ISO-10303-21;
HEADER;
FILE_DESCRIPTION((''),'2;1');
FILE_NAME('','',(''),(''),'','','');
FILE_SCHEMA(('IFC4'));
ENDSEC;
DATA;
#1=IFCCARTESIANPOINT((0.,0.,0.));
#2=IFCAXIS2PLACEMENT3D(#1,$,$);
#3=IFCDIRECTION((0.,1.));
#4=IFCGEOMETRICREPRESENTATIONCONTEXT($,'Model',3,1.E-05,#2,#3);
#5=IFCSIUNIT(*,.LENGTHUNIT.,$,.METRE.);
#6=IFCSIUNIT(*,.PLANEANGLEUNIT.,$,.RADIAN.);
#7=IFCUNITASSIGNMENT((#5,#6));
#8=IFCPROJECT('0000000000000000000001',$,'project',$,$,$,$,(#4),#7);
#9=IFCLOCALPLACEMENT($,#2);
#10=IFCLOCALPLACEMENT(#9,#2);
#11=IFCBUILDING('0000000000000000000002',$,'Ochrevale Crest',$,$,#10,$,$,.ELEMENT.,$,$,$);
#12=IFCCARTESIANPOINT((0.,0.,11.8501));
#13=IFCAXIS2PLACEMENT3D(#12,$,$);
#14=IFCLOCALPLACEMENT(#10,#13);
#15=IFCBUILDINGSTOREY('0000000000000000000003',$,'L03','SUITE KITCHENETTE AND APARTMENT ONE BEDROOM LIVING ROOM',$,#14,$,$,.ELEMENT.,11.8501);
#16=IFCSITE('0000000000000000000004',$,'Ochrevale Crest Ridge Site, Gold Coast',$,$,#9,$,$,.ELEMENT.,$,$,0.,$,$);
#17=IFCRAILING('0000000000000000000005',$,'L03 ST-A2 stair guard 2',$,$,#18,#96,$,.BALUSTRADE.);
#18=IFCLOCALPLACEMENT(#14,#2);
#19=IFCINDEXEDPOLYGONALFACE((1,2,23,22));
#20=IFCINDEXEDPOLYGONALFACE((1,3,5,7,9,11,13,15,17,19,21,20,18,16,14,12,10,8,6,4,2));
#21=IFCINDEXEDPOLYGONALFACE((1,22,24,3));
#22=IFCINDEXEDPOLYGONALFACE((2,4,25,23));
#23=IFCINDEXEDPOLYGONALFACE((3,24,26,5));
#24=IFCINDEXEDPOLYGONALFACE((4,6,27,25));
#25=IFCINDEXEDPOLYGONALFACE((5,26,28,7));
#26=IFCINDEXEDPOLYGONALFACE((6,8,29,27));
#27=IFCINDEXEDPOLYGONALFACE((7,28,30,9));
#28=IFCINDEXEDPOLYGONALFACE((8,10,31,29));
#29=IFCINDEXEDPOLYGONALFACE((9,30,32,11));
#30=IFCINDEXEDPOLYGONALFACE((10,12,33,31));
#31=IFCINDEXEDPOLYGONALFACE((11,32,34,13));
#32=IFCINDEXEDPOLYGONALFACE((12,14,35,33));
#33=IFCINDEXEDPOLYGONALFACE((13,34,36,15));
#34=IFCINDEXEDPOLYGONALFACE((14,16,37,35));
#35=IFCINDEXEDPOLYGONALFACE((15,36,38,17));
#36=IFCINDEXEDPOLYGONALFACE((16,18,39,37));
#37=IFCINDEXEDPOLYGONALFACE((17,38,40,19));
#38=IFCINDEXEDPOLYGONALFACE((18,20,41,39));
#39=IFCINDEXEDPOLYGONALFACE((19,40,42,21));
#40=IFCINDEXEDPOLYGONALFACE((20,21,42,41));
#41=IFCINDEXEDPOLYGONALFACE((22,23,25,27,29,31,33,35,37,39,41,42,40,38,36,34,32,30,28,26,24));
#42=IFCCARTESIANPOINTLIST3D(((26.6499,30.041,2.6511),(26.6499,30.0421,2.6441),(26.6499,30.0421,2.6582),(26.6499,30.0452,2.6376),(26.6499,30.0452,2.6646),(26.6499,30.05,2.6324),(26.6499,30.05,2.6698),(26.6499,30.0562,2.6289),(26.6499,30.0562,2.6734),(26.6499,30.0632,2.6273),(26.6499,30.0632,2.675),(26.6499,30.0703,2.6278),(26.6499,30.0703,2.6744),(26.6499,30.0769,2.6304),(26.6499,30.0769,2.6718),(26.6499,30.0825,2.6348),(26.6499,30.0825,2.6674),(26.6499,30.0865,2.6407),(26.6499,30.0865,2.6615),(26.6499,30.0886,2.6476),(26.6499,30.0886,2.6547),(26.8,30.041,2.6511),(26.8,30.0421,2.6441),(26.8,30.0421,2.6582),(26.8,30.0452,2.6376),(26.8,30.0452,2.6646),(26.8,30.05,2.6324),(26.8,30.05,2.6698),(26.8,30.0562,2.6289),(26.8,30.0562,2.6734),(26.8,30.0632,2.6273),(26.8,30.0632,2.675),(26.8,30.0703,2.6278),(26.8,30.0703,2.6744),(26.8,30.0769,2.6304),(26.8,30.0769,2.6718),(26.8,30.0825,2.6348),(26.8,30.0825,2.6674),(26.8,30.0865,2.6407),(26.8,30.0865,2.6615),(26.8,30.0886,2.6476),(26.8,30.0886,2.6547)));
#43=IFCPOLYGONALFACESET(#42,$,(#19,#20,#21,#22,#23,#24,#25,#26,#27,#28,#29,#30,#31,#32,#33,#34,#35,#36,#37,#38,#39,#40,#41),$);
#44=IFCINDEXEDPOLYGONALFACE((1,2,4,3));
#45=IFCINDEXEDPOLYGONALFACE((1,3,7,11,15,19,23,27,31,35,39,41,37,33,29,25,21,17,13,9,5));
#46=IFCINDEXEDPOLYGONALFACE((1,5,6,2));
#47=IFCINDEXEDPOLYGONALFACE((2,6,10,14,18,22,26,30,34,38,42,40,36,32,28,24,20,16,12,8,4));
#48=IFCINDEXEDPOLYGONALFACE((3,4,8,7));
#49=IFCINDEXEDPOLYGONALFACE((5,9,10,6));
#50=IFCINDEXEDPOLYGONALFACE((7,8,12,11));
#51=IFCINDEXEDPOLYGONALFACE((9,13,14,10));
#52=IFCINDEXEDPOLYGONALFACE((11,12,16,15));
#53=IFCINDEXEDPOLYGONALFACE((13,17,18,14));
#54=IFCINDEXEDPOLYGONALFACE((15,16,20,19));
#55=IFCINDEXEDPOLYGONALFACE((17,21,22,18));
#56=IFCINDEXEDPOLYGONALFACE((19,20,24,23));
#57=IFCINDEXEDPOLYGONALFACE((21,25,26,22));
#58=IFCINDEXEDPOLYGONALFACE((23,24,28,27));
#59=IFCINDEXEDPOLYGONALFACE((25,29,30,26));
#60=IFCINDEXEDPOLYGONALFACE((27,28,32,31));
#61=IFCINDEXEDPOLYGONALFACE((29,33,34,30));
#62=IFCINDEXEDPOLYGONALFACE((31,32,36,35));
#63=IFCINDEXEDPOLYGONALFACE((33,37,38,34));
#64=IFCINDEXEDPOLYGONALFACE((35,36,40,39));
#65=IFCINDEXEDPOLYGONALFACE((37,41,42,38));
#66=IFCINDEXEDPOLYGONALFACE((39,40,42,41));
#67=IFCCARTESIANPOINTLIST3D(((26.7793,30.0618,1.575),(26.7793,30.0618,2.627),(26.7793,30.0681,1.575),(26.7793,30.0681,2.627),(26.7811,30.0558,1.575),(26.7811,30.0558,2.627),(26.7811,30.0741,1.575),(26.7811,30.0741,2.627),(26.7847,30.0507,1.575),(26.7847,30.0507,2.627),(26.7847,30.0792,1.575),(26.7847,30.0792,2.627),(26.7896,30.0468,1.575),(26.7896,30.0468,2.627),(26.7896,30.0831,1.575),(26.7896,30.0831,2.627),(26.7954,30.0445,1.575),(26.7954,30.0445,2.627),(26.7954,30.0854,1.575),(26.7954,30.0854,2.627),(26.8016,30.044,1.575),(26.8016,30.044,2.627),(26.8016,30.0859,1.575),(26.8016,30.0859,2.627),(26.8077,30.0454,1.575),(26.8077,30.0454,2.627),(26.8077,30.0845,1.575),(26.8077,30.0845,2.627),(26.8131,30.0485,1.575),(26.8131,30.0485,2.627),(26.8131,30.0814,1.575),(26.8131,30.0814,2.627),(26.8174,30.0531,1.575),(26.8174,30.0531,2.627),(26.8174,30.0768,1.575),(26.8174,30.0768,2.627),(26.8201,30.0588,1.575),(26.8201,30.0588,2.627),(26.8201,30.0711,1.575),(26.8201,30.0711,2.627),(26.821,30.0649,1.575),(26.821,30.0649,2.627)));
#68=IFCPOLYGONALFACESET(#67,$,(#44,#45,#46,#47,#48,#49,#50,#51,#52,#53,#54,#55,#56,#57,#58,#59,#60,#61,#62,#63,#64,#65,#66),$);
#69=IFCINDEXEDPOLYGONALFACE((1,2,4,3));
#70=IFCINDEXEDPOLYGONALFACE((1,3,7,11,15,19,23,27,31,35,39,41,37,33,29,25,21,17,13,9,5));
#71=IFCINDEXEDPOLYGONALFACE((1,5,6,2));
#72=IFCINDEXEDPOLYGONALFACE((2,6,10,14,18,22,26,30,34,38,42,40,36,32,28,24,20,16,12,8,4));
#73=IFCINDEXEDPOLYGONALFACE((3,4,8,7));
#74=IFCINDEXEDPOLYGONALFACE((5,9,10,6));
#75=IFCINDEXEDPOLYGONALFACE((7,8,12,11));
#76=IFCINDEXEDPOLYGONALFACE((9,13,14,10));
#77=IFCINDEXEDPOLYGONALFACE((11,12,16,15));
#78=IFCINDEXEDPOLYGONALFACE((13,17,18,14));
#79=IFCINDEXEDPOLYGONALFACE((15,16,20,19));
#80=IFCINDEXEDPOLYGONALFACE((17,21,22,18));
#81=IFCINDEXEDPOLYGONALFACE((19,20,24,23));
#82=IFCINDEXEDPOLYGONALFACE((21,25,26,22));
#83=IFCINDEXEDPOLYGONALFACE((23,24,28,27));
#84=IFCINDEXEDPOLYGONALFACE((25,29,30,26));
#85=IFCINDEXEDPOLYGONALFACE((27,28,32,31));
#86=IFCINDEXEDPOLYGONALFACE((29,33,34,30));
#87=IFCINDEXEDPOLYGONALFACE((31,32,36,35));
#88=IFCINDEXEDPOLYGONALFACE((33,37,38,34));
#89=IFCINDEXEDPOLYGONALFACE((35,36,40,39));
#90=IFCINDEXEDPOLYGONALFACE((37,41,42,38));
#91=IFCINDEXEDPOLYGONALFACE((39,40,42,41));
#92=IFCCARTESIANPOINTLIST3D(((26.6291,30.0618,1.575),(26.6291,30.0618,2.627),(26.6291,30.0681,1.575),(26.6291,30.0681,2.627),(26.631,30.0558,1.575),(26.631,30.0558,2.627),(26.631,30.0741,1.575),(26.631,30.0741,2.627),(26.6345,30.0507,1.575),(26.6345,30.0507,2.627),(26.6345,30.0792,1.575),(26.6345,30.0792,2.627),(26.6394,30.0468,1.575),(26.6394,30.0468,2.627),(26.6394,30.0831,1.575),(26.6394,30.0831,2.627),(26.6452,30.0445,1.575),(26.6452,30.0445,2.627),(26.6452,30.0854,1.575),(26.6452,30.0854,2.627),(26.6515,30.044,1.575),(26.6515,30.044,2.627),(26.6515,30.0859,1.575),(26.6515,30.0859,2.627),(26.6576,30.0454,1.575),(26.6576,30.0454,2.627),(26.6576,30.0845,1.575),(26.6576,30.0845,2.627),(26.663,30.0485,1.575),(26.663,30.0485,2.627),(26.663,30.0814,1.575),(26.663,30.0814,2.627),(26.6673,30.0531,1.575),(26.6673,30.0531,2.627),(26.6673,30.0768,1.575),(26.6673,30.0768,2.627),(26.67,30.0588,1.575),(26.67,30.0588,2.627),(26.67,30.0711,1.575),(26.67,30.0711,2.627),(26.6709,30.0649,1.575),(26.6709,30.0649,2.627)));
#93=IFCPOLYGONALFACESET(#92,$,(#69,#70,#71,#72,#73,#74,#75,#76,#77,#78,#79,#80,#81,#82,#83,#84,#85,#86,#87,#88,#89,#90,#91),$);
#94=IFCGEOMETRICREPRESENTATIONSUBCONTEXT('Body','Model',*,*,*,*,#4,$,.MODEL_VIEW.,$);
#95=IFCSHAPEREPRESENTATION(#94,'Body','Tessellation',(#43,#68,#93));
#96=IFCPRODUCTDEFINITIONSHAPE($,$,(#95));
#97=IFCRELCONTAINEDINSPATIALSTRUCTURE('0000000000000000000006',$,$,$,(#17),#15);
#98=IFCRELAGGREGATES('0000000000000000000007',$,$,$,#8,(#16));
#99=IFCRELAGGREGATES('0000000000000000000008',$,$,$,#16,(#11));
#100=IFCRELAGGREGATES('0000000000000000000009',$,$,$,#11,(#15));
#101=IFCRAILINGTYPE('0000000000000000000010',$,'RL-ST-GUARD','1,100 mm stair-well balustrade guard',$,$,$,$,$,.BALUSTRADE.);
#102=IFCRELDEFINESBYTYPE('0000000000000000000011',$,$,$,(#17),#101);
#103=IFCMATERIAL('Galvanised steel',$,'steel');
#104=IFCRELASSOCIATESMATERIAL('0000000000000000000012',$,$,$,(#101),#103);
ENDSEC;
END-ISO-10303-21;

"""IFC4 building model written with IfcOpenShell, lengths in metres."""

from ifc_helpers import new_model, si_unit, direction, frame, origin, origin_2d, place, context, subcontext, project, spatial, circle, extrude, material, type_object, element, save


model = new_model("IFC4")

# Units and contexts
model_context = context("Model", 3, precision=1e-05, world=origin(), true_north=direction((0.0, 1.0)))
body_context = subcontext(model_context, "Body", "Model", "MODEL_VIEW")
ifc_project = project(units=[si_unit("LENGTHUNIT", "METRE"), si_unit("PLANEANGLEUNIT", "RADIAN")], contexts=[model_context])

# Site, building, storey
site_placement = place(None, origin())
site = spatial("IfcSite", under=ifc_project, at=site_placement, Name="Ochrevale Crest Ridge Site, Gold Coast", CompositionType="ELEMENT", RefElevation=0.0)
building_placement = place(site_placement, origin())
building = spatial("IfcBuilding", under=site, at=building_placement, Name="Ochrevale Crest", CompositionType="ELEMENT")
storey_placement = place(building_placement, frame((0.0, 0.0, 11.8501)))
storey = spatial("IfcBuildingStorey", under=building, at=storey_placement, Name="L03", Description="SUITE KITCHENETTE AND APARTMENT ONE BEDROOM LIVING ROOM", CompositionType="ELEMENT", Elevation=11.8501)

# Railing
ifc_material_1 = material(Name="Galvanised steel", Category="steel")
railing_type_1 = type_object("IfcRailingType", Name="RL-ST-GUARD", Description="1,100 mm stair-well balustrade guard", PredefinedType="BALUSTRADE", material=ifc_material_1)
railing_1_placement = place(storey_placement, frame((26.8, 30.0649, 1.575)))
element("IfcRailing", 1, at=railing_1_placement, inside=storey, type_object=railing_type_1, Name="L03 ST-A2 stair guard 2", PredefinedType="BALUSTRADE", context=body_context, shape_type="SweptSolid", body=[
    extrude(circle(Radius=0.0239, at=origin_2d()), frame((0.0, 0.0, 1.0762), z_axis=(-1.0, 0.0, 0.0), x_axis=(0.0, -1.0, 0.0)), (0.0, 0.0, 1.0), 0.1501),
    extrude(circle(Radius=0.021, at=origin_2d()), origin(), (0.0, 0.0, 1.0), 1.052),
    extrude(circle(Radius=0.021, at=origin_2d()), frame((-0.1501, 0.0, 0.0)), (0.0, 0.0, 1.0), 1.052),
])

save(model, "model.ifc")
